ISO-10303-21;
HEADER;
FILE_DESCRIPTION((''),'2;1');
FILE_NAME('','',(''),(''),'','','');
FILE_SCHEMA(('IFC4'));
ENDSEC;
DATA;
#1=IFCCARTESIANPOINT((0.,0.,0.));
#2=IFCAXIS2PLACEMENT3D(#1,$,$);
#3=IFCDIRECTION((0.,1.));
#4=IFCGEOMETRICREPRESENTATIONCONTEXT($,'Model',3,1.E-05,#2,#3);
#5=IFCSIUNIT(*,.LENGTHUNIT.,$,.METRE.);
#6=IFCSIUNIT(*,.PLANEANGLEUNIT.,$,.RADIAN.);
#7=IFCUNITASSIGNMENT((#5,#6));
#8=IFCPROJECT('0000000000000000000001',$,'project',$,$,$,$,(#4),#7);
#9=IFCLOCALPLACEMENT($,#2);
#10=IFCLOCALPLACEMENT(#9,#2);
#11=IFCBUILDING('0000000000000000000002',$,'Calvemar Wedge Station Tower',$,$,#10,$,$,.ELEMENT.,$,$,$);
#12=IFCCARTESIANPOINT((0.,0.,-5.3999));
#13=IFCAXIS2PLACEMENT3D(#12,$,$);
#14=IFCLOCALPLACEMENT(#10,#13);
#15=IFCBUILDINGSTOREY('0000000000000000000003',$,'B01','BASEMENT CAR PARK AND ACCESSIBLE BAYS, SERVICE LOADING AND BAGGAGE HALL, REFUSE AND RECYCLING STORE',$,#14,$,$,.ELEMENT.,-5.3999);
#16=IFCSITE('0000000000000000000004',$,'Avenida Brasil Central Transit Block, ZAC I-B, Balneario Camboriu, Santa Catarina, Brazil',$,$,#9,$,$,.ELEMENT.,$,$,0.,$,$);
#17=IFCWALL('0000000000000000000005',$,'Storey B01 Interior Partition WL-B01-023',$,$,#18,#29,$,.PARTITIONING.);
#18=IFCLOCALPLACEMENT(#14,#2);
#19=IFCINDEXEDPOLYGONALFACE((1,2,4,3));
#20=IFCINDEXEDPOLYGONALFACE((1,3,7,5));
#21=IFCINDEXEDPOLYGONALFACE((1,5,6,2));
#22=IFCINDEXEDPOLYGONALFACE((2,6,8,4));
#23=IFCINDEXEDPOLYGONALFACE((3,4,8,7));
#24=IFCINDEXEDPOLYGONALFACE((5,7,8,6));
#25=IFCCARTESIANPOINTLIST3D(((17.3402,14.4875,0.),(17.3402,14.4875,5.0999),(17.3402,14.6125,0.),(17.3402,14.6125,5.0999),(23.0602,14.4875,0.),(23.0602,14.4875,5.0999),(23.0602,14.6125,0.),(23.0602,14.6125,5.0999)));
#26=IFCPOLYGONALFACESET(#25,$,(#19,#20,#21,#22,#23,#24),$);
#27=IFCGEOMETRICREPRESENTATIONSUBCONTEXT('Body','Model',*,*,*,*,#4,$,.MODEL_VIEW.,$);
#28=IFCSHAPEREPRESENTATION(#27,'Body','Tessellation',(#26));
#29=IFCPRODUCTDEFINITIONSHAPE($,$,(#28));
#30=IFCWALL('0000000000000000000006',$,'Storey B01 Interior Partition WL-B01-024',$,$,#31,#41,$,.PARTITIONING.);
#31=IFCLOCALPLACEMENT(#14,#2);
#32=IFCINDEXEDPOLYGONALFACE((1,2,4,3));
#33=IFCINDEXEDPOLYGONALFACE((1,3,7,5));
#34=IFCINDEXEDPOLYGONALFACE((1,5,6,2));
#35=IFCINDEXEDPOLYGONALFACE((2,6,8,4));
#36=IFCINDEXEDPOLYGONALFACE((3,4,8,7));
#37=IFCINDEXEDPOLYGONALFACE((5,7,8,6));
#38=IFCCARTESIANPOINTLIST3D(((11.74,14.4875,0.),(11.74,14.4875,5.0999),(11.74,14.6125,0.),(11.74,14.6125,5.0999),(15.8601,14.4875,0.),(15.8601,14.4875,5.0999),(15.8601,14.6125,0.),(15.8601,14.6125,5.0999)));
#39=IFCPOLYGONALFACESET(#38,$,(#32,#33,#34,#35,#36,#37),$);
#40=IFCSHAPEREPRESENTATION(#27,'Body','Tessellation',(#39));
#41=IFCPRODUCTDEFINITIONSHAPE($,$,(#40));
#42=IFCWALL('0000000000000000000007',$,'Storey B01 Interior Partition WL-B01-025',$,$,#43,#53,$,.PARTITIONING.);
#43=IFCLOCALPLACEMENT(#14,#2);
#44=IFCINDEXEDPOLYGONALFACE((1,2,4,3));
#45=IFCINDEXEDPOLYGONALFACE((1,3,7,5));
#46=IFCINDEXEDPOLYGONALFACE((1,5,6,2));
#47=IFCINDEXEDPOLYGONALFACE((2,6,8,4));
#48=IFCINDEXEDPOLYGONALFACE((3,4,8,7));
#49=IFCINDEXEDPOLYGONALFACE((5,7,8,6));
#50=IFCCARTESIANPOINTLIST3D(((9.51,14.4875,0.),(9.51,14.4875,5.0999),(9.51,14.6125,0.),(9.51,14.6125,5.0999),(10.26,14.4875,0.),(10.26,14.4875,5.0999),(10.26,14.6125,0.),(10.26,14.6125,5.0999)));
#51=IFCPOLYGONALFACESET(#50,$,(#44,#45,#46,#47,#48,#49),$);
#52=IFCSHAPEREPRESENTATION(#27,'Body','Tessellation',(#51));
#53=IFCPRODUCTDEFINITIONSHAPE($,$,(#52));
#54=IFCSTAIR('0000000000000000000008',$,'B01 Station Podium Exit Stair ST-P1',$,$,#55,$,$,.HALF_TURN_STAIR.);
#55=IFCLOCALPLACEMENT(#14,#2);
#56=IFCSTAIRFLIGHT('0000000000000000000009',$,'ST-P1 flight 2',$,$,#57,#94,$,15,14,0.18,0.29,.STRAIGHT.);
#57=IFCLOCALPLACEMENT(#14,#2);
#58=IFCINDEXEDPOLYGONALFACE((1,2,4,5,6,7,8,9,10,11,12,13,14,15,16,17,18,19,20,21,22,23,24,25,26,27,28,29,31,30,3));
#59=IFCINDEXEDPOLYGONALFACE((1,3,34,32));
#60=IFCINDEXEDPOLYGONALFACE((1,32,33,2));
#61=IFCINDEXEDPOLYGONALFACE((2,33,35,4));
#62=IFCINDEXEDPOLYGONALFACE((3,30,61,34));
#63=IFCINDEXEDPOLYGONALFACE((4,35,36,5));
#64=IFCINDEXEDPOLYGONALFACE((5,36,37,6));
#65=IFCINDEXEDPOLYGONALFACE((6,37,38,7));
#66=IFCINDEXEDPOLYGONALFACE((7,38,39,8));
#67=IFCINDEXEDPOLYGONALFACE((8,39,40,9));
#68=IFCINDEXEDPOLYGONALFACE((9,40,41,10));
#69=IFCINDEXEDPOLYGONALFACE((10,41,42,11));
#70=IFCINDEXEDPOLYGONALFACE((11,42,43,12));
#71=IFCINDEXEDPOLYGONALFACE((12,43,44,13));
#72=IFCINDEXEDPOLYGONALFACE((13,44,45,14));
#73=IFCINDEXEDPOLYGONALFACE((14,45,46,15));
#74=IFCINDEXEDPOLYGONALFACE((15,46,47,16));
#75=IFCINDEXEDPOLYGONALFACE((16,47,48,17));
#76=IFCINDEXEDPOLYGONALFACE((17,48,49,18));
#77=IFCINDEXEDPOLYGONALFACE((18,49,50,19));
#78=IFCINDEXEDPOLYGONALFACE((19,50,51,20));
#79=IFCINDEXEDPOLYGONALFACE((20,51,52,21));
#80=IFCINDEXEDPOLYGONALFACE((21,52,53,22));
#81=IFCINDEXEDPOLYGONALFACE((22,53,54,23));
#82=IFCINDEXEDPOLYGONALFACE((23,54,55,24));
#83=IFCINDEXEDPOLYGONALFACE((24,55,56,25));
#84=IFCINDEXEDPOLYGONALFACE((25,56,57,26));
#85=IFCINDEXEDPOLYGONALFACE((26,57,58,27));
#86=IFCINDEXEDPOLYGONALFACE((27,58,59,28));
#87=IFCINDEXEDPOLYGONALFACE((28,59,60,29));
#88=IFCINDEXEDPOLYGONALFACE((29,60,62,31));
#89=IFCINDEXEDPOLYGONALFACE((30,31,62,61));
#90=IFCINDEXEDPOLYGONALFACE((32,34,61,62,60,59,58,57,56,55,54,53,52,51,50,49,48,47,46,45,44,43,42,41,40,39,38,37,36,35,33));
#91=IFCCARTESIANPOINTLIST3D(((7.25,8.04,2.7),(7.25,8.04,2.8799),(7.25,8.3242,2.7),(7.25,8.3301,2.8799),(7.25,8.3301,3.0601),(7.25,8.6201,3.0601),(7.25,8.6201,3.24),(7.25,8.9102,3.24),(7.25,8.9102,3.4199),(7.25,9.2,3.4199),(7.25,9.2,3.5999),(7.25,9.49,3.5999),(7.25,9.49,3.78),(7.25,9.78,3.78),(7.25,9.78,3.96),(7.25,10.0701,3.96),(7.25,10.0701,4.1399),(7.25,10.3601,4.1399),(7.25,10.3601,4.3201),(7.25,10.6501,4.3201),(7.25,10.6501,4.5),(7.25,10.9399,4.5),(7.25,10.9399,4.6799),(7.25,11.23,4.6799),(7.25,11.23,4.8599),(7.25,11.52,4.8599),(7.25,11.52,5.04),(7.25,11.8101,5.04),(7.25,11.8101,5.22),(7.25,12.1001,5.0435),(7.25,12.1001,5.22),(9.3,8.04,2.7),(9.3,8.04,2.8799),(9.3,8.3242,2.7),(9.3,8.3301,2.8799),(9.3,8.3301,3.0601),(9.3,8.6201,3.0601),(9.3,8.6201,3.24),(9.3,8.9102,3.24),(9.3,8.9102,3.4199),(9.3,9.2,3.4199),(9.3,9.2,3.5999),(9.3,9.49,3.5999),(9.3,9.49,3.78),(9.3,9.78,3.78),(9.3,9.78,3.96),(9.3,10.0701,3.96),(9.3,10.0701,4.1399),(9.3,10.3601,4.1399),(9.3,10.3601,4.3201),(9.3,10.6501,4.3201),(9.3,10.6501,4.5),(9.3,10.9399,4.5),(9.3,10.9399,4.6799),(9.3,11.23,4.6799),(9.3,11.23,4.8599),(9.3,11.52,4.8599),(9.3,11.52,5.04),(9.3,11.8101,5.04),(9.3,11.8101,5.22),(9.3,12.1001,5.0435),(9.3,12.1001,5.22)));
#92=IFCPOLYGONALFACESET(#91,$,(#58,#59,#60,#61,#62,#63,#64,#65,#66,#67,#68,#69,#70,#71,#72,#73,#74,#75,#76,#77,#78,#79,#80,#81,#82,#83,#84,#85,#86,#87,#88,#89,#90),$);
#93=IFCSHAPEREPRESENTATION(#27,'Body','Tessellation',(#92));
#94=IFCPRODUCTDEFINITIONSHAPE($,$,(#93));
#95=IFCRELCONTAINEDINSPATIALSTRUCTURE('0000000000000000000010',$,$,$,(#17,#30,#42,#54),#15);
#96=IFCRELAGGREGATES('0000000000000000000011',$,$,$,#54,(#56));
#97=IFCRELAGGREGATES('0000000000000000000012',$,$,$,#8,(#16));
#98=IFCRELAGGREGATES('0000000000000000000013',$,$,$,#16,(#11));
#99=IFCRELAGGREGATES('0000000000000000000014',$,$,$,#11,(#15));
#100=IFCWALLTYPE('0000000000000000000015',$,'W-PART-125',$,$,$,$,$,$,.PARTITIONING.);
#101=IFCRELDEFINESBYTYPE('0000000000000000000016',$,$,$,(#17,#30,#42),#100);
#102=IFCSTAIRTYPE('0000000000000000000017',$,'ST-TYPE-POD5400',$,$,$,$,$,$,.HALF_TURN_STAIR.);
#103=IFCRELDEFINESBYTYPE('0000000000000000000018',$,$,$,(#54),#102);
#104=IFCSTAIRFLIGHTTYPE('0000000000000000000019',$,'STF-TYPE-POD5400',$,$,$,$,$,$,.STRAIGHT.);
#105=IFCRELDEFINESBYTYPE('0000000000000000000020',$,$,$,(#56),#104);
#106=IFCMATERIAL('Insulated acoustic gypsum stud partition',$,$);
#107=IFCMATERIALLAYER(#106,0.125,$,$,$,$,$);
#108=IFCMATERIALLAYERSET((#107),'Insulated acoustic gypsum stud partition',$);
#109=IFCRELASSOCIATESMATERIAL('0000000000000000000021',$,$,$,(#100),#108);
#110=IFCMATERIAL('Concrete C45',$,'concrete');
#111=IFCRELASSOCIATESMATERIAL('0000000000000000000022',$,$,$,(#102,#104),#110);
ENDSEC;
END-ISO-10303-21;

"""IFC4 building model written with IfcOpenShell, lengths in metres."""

from ifc_helpers import new_model, si_unit, direction, frame, frame_2d, origin, place, context, subcontext, project, spatial, polyline, rectangle, outline, extrude, material, layer, layer_set, type_object, element, aggregate, save


model = new_model("IFC4")

# Units and contexts
model_context = context("Model", 3, precision=1e-05, world=origin(), true_north=direction((0.0, 1.0)))
body_context = subcontext(model_context, "Body", "Model", "MODEL_VIEW")
ifc_project = project(units=[si_unit("LENGTHUNIT", "METRE"), si_unit("PLANEANGLEUNIT", "RADIAN")], contexts=[model_context])

# Site, building, storey
site_placement = place(None, origin())
site = spatial("IfcSite", under=ifc_project, at=site_placement, Name="Avenida Brasil Central Transit Block, ZAC I-B, Balneario Camboriu, Santa Catarina, Brazil", CompositionType="ELEMENT", RefElevation=0.0)
building_placement = place(site_placement, origin())
building = spatial("IfcBuilding", under=site, at=building_placement, Name="Calvemar Wedge Station Tower", CompositionType="ELEMENT")
storey_placement = place(building_placement, frame((0.0, 0.0, -5.3999)))
storey = spatial("IfcBuildingStorey", under=building, at=storey_placement, Name="B01", Description="BASEMENT CAR PARK AND ACCESSIBLE BAYS, SERVICE LOADING AND BAGGAGE HALL, REFUSE AND RECYCLING STORE", CompositionType="ELEMENT", Elevation=-5.3999)

# Walls
ifc_material_1 = material(Name="Insulated acoustic gypsum stud partition")
ifc_layer_1 = layer(ifc_material_1, 0.125)
ifc_layer_set_1 = layer_set([ifc_layer_1], Name="Insulated acoustic gypsum stud partition")
wall_type_1 = type_object("IfcWallType", Name="W-PART-125", PredefinedType="PARTITIONING", material=ifc_layer_set_1)
wall_1_placement = place(storey_placement, frame((23.0601, 14.55, 0.0), z_axis=(0.0, 0.0, 1.0), x_axis=(-1.0, 0.0, 0.0)))
element("IfcWall", 1, at=wall_1_placement, inside=storey, type_object=wall_type_1, Name="Storey B01 Interior Partition WL-B01-023", PredefinedType="PARTITIONING", context=body_context, shape_type="SweptSolid", body=[
    extrude(rectangle(XDim=5.72, YDim=0.125, at=frame_2d((2.8599, 0.0))), origin(), (0.0, 0.0, 1.0), 5.0999),
])
wall_2_placement = place(storey_placement, frame((15.8601, 14.55, 0.0), z_axis=(0.0, 0.0, 1.0), x_axis=(-1.0, 0.0, 0.0)))
element("IfcWall", 2, at=wall_2_placement, inside=storey, type_object=wall_type_1, Name="Storey B01 Interior Partition WL-B01-024", PredefinedType="PARTITIONING", context=body_context, shape_type="SweptSolid", body=[
    extrude(rectangle(XDim=4.1201, YDim=0.125, at=frame_2d((2.0601, 0.0))), origin(), (0.0, 0.0, 1.0), 5.0999),
])
wall_3_placement = place(storey_placement, frame((10.26, 14.55, 0.0), z_axis=(0.0, 0.0, 1.0), x_axis=(-1.0, 0.0, 0.0)))
element("IfcWall", 3, at=wall_3_placement, inside=storey, type_object=wall_type_1, Name="Storey B01 Interior Partition WL-B01-025", PredefinedType="PARTITIONING", context=body_context, shape_type="SweptSolid", body=[
    extrude(rectangle(XDim=0.75, YDim=0.125, at=frame_2d((0.375, 0.0))), origin(), (0.0, 0.0, 1.0), 5.0999),
])

# Stair, stair flight
ifc_material_2 = material(Name="Concrete C45", Category="concrete")
stair_type = type_object("IfcStairType", Name="ST-TYPE-POD5400", PredefinedType="HALF_TURN_STAIR", material=ifc_material_2)
stair_placement = place(storey_placement, origin())
stair = element("IfcStair", 4, at=stair_placement, inside=storey, type_object=stair_type, Name="B01 Station Podium Exit Stair ST-P1", PredefinedType="HALF_TURN_STAIR")
stair_flight_type = type_object("IfcStairFlightType", Name="STF-TYPE-POD5400", PredefinedType="STRAIGHT", material=ifc_material_2)
stair_flight_placement = place(storey_placement, frame((8.2749, 8.04, 2.7), z_axis=(0.0, 0.0, 1.0), x_axis=(0.0, 1.0, 0.0)))
stair_flight = element("IfcStairFlight", 5, at=stair_flight_placement, type_object=stair_flight_type, Name="ST-P1 flight 2", NumberOfRisers=15, NumberOfTreads=14, PredefinedType="STRAIGHT", RiserHeight=0.18, TreadLength=0.29, context=body_context, shape_type="SweptSolid", body=[
    extrude(outline(polyline([(0.0, 0.0), (0.0, 0.1799), (0.29, 0.1799), (0.29, 0.3601), (0.5801, 0.3601), (0.5801, 0.54), (0.8701, 0.54), (0.8701, 0.72), (1.1599, 0.72), (1.1599, 0.8999), (1.45, 0.8999), (1.45, 1.0801), (1.74, 1.0801), (1.74, 1.26), (2.03, 1.26), (2.03, 1.4399), (2.3201, 1.4399), (2.3201, 1.6201), (2.6101, 1.6201), (2.6101, 1.8), (2.8999, 1.8), (2.8999, 1.98), (3.1899, 1.98), (3.1899, 2.1599), (3.48, 2.1599), (3.48, 2.3401), (3.77, 2.3401), (3.77, 2.52), (4.0601, 2.52), (4.0601, 2.7), (4.0601, 2.3435), (0.2842, 0.0), (0.0, 0.0)])), frame((0.0, 1.0249, 0.0), z_axis=(0.0, -1.0, 0.0), x_axis=(1.0, 0.0, 0.0)), (0.0, 0.0, 1.0), 2.05),
])
aggregate(stair, [stair_flight])

save(model, "model.ifc")
